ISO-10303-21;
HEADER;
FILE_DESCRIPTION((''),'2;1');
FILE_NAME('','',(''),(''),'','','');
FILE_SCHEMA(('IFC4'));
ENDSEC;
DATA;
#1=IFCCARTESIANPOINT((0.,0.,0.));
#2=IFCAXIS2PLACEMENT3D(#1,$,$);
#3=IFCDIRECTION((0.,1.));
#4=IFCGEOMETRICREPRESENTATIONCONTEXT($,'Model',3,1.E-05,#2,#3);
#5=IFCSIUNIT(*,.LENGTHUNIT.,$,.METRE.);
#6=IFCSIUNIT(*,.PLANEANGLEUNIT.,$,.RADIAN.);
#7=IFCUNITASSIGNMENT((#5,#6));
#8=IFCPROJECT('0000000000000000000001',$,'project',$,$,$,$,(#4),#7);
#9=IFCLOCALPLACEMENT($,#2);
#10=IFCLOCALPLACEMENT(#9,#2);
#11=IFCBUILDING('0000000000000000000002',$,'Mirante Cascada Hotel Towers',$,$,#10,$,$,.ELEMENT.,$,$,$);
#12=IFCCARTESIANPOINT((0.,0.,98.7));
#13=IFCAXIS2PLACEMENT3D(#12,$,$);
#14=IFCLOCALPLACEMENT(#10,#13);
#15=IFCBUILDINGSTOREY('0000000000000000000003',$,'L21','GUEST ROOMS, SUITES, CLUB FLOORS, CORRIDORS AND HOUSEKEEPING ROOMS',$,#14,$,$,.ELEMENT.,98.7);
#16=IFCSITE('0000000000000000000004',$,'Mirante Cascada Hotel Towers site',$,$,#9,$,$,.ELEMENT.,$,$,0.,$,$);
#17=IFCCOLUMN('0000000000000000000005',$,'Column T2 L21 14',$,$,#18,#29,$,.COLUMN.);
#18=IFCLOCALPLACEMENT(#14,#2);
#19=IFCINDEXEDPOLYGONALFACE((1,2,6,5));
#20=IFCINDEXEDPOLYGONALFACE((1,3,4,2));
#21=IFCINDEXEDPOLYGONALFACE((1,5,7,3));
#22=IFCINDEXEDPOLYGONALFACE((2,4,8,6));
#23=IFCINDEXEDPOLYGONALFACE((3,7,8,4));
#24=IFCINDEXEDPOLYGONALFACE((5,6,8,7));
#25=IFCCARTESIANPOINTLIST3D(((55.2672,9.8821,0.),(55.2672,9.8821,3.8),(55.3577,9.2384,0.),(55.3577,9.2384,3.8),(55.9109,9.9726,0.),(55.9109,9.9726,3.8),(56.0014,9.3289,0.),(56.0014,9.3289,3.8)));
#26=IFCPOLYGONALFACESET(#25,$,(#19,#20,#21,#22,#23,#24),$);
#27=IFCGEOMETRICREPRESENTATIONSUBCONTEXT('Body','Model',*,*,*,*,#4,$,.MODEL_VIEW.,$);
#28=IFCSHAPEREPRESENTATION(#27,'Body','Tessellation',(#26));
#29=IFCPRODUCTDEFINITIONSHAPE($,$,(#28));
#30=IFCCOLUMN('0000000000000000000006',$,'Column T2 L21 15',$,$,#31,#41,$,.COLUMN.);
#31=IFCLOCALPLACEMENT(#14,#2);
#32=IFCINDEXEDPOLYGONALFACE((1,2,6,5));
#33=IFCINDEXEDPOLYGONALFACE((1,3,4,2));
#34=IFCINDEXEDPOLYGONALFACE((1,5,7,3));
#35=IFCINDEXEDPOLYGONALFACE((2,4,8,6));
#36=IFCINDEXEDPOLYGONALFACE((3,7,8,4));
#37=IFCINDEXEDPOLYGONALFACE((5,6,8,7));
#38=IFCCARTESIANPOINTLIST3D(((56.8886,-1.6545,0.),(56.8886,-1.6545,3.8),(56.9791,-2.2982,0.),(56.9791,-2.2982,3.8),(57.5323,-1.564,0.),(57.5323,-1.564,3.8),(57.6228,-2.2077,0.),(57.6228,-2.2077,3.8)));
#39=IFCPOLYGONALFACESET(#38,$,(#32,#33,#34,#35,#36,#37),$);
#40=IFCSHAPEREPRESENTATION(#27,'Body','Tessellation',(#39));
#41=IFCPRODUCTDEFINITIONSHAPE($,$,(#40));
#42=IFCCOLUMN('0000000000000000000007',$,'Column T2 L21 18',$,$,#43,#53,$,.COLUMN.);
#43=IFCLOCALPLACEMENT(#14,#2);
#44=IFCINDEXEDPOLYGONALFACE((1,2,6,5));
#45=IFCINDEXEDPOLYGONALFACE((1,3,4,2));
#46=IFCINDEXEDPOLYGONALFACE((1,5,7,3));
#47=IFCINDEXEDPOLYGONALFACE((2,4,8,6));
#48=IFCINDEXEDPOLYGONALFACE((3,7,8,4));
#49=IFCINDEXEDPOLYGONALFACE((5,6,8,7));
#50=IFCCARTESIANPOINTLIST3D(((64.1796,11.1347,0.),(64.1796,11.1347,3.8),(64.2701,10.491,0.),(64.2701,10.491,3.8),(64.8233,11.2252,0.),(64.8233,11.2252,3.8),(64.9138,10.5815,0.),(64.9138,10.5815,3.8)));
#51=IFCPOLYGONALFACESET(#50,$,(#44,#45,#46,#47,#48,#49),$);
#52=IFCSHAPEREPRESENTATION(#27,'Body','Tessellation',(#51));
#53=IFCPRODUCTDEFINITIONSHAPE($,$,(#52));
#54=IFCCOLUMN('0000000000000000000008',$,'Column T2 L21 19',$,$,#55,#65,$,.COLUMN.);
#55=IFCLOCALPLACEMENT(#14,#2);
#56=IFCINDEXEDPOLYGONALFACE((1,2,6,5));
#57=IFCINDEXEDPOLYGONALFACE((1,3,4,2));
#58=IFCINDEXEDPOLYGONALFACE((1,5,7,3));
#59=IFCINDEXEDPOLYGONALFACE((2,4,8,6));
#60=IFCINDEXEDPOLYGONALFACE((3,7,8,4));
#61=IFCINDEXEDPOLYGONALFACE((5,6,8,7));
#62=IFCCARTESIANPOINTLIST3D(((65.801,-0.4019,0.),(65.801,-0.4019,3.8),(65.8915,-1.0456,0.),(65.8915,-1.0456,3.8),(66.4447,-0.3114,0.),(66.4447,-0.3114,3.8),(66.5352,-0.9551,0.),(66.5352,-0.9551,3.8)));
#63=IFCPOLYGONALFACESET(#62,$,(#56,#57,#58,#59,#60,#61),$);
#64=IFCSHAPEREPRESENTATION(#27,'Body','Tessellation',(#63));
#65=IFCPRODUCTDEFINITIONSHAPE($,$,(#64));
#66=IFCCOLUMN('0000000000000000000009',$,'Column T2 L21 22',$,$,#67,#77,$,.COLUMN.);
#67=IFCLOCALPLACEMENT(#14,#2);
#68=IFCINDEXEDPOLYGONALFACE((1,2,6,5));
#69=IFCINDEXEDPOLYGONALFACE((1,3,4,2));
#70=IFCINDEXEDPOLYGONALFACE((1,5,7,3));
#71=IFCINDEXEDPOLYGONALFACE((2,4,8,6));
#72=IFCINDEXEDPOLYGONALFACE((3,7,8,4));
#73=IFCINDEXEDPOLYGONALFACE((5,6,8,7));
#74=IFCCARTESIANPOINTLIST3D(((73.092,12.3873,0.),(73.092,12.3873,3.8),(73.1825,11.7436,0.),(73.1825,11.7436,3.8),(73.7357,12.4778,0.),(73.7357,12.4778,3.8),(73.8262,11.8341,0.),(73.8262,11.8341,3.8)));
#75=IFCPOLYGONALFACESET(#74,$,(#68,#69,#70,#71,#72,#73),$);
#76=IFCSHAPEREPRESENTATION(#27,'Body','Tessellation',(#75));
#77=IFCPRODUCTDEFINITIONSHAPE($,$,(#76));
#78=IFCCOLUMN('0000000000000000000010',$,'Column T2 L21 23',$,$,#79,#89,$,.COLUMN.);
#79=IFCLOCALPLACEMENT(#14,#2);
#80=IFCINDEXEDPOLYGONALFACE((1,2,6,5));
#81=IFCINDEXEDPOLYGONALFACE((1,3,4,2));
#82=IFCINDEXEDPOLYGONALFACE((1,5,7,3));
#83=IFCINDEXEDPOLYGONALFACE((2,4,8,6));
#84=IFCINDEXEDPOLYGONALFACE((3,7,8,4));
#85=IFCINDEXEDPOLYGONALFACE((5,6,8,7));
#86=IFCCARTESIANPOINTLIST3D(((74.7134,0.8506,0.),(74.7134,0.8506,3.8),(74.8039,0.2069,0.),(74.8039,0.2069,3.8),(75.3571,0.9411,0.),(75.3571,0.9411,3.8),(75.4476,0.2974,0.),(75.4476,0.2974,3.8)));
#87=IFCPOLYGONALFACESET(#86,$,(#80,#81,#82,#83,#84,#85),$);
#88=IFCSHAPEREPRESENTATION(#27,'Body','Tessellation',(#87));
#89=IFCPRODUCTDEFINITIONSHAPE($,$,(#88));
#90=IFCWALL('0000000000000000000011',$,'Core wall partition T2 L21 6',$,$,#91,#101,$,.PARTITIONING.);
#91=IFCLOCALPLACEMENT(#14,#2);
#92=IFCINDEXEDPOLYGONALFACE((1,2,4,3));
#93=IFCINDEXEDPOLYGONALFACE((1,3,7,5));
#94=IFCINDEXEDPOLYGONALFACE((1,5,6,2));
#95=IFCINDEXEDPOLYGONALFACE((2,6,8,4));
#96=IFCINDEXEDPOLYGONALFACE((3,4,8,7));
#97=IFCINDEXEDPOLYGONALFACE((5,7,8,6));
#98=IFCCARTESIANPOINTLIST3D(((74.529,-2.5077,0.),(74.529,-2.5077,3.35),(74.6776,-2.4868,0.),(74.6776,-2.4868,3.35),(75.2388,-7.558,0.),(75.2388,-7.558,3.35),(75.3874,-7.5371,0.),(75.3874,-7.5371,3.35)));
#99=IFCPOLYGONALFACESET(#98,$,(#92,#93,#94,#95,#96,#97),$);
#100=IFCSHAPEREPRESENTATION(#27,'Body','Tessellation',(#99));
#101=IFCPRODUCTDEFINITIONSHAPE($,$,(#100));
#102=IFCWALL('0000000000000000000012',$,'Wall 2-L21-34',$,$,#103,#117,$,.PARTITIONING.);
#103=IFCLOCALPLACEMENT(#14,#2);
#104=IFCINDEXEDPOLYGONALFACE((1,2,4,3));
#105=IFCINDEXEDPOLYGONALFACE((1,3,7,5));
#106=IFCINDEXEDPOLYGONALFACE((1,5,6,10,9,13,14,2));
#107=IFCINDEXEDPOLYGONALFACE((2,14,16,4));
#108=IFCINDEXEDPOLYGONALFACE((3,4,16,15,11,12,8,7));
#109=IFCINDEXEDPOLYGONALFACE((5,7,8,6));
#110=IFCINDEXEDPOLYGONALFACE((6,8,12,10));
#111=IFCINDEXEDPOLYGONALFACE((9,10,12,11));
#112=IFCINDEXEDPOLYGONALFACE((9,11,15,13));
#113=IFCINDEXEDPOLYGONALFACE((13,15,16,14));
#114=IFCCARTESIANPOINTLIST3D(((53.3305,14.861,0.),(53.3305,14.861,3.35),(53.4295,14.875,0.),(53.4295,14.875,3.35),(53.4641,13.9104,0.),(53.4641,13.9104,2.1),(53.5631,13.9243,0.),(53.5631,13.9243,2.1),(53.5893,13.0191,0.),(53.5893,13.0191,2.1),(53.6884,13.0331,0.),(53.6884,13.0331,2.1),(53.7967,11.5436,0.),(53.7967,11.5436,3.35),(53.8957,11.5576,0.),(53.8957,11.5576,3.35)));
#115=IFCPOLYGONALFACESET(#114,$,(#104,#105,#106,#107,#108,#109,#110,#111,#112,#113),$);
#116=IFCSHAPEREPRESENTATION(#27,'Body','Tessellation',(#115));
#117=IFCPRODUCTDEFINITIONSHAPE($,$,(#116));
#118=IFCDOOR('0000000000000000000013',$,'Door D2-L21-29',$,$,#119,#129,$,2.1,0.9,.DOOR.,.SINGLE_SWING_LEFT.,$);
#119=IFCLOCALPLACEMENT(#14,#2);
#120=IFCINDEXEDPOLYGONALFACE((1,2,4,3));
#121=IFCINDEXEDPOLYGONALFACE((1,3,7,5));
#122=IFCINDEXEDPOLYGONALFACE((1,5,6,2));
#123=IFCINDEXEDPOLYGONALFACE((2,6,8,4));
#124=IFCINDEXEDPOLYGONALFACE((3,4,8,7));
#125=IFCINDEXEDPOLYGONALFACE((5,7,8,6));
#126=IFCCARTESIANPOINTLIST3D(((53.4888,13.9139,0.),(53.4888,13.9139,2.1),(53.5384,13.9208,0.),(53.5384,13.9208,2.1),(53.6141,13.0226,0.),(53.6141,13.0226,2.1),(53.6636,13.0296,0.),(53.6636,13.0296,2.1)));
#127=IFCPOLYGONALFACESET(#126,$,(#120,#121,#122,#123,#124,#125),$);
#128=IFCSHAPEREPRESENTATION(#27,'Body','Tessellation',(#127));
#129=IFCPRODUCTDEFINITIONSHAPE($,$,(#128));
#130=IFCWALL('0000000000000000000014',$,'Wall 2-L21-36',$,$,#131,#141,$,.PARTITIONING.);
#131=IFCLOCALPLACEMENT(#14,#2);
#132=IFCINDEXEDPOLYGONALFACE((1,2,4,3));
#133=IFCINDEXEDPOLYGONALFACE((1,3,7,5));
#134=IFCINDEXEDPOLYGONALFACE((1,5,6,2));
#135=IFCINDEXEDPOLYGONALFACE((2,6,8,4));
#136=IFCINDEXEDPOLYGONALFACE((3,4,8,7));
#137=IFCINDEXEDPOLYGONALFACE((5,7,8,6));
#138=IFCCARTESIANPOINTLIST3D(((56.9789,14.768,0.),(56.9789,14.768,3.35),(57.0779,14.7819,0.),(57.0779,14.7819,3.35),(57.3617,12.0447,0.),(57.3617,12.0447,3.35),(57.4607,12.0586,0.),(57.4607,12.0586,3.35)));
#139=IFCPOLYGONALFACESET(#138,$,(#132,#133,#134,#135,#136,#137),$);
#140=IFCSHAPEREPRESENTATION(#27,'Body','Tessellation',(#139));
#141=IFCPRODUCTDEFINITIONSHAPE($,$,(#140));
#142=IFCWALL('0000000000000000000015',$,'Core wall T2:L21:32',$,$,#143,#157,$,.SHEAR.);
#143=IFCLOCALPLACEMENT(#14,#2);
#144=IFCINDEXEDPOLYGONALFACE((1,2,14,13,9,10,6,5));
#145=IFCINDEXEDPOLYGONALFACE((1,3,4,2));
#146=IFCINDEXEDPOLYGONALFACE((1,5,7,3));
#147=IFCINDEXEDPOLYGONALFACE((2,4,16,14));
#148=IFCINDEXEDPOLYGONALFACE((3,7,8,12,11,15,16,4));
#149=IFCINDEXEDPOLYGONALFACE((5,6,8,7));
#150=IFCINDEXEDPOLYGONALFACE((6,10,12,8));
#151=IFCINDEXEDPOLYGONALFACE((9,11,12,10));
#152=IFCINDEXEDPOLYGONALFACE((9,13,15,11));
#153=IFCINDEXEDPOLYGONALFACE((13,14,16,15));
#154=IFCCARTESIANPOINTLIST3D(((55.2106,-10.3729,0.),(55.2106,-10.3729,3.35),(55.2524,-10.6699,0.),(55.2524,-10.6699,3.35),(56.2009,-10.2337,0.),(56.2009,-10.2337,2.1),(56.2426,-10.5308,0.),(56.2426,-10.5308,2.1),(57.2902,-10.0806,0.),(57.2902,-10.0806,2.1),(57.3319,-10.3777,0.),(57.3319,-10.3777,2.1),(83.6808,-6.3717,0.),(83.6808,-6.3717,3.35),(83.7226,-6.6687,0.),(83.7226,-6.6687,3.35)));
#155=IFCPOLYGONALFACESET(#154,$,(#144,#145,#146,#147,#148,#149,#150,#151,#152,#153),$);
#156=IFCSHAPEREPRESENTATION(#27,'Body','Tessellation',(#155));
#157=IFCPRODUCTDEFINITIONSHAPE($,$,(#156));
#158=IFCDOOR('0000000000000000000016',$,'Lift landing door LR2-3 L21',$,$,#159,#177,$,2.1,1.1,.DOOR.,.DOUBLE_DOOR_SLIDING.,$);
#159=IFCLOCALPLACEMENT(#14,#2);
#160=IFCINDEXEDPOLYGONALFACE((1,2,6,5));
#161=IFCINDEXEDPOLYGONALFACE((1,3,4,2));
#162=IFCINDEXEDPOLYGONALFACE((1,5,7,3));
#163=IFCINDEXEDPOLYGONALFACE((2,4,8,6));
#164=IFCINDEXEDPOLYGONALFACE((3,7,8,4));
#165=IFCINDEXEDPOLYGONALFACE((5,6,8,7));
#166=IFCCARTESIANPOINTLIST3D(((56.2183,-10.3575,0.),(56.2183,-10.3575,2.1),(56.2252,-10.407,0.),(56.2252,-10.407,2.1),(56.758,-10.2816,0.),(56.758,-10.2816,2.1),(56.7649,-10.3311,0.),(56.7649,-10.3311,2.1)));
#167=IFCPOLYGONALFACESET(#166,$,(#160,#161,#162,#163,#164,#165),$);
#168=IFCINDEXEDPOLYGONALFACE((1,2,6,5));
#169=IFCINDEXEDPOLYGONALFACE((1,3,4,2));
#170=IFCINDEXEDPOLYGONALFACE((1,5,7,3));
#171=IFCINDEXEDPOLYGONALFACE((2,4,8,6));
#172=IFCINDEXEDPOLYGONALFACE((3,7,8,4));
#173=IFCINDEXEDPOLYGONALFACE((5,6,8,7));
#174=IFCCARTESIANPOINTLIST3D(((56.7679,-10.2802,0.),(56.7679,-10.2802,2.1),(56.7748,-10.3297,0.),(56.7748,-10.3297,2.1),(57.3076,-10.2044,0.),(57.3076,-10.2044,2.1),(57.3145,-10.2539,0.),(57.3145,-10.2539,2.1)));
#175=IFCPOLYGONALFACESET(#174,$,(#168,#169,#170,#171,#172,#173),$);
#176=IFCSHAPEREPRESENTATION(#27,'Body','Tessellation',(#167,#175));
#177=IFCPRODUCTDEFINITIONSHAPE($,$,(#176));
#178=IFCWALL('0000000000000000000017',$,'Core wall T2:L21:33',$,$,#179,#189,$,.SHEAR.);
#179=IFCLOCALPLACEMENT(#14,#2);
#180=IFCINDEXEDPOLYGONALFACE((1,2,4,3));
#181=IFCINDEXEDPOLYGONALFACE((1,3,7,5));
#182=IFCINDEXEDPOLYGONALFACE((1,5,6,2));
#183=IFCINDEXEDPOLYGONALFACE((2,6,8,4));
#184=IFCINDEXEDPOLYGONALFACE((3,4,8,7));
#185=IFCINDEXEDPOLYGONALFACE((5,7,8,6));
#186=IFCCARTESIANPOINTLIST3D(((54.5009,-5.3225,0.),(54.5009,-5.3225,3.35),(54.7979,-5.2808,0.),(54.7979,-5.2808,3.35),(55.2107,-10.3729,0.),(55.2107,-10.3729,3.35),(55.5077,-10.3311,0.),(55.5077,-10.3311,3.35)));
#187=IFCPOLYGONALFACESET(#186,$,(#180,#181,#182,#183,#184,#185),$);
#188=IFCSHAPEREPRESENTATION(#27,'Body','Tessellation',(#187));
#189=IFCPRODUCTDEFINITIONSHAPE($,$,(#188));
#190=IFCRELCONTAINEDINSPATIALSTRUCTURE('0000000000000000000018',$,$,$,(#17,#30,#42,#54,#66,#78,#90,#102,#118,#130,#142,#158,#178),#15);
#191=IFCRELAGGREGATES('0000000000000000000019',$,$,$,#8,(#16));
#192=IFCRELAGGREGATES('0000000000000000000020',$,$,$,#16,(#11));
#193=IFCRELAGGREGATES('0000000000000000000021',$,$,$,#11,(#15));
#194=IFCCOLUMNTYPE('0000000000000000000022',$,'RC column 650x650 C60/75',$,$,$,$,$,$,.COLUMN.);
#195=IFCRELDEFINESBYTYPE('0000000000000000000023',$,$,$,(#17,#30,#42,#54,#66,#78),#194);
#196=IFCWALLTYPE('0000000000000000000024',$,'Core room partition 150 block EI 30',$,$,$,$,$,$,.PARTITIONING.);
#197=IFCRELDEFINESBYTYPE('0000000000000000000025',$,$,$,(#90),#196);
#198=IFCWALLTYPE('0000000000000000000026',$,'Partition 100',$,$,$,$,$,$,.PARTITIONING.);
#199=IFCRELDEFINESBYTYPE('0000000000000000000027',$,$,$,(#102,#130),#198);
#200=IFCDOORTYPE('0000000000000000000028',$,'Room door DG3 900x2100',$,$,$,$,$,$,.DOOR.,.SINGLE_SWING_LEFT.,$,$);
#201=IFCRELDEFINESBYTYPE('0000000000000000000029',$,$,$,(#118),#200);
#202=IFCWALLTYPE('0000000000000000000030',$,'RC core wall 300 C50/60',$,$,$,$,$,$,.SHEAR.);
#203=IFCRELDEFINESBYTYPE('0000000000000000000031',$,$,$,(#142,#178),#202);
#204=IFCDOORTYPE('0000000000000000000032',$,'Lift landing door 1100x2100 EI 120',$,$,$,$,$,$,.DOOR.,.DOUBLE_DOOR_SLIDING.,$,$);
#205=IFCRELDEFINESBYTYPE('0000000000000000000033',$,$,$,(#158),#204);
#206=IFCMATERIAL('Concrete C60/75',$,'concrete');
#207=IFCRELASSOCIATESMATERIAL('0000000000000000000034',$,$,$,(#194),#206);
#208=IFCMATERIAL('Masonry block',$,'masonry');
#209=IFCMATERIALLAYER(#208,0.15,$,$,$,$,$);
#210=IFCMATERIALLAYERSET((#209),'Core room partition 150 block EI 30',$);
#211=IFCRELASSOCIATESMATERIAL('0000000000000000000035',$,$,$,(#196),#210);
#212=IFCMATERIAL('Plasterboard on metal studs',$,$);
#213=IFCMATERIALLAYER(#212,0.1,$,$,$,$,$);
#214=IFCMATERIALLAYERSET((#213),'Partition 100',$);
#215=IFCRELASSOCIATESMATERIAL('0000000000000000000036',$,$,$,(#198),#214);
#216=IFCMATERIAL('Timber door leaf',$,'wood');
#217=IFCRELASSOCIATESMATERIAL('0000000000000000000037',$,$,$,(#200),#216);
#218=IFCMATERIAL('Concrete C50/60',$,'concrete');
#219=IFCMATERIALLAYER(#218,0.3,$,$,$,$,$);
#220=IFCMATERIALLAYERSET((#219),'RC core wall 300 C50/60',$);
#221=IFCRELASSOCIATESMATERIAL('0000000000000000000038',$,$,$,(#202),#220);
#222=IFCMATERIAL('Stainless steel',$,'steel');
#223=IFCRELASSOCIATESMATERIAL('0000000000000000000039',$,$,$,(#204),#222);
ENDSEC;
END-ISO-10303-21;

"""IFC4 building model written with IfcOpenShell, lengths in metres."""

from ifc_helpers import new_model, si_unit, direction, frame, frame_2d, origin, origin_2d, place, context, subcontext, project, spatial, rectangle, extrude, material, layer, layer_set, material_profile, profile_set, type_object, element, fill, save


model = new_model("IFC4")

# Units and contexts
model_context = context("Model", 3, precision=1e-05, world=origin(), true_north=direction((0.0, 1.0)))
body_context = subcontext(model_context, "Body", "Model", "MODEL_VIEW")
ifc_project = project(units=[si_unit("LENGTHUNIT", "METRE"), si_unit("PLANEANGLEUNIT", "RADIAN")], contexts=[model_context])

# Site, building, storey
site_placement = place(None, origin())
site = spatial("IfcSite", under=ifc_project, at=site_placement, Name="Mirante Cascada Hotel Towers site", CompositionType="ELEMENT", RefElevation=0.0)
building_placement = place(site_placement, origin())
building = spatial("IfcBuilding", under=site, at=building_placement, Name="Mirante Cascada Hotel Towers", CompositionType="ELEMENT")
storey_placement = place(building_placement, frame((0.0, 0.0, 98.7)))
storey = spatial("IfcBuildingStorey", under=building, at=storey_placement, Name="L21", Description="GUEST ROOMS, SUITES, CLUB FLOORS, CORRIDORS AND HOUSEKEEPING ROOMS", CompositionType="ELEMENT", Elevation=98.7)

# Columns
ifc_material_1 = material(Name="Concrete C60/75", Category="concrete")
ifc_material_profile = material_profile(ifc_material_1, rectangle(XDim=0.65, YDim=0.65, at=origin_2d()), Name="RC column 650x650 C60/75")
ifc_profile_set = profile_set([ifc_material_profile], Name="Concrete C60/75")
column_type = type_object("IfcColumnType", Name="RC column 650x650 C60/75", PredefinedType="COLUMN", material=ifc_profile_set)
for number, where, z_axis, x_axis, name in (
    (1, (55.6343, 9.6055, 0.0), (0.0, 0.0, 1.0), (0.990268, 0.139173, 0.0), "Column T2 L21 14"),
    (2, (57.2557, -1.9311, 0.0), (0.0, 0.0, 1.0), (0.990268, 0.139173, 0.0), "Column T2 L21 15"),
    (3, (64.5467, 10.8581, 0.0), (0.0, 0.0, 1.0), (0.990268, 0.139173, 0.0), "Column T2 L21 18"),
    (4, (66.1681, -0.6785, 0.0), (0.0, 0.0, 1.0), (0.990268, 0.139173, 0.0), "Column T2 L21 19"),
    (5, (73.4591, 12.1107, 0.0), (0.0, 0.0, 1.0), (0.990268, 0.139173, 0.0), "Column T2 L21 22"),
    (6, (75.0805, 0.574, 0.0), (0.0, 0.0, 1.0), (0.990268, 0.139173, 0.0), "Column T2 L21 23"),
):
    element("IfcColumn", number, at=place(storey_placement, frame(where, z_axis=z_axis, x_axis=x_axis)), inside=storey, type_object=column_type, Name=name, PredefinedType="COLUMN", context=body_context, shape_type="SweptSolid", body=[
        extrude(rectangle(XDim=0.65, YDim=0.65, at=origin_2d()), origin(), (0.0, 0.0, 1.0), 3.8),
    ])

# Wall
ifc_material_2 = material(Name="Masonry block", Category="masonry")
ifc_layer_1 = layer(ifc_material_2, 0.15)
ifc_layer_set_1 = layer_set([ifc_layer_1], Name="Core room partition 150 block EI 30")
wall_type_1 = type_object("IfcWallType", Name="Core room partition 150 block EI 30", PredefinedType="PARTITIONING", material=ifc_layer_set_1)
wall_1_placement = place(storey_placement, frame((75.3131, -7.5476, 0.0), z_axis=(0.0, 0.0, 1.0), x_axis=(-0.139178, 0.990267, 0.0)))
element("IfcWall", 7, at=wall_1_placement, inside=storey, type_object=wall_type_1, Name="Core wall partition T2 L21 6", PredefinedType="PARTITIONING", context=body_context, shape_type="SweptSolid", body=[
    extrude(rectangle(XDim=5.0999, YDim=0.15, at=frame_2d((2.55, 0.0))), origin(), (0.0, 0.0, 1.0), 3.35),
])

# Wall, opening, door
ifc_material_3 = material(Name="Plasterboard on metal studs")
ifc_layer_2 = layer(ifc_material_3, 0.1)
ifc_layer_set_2 = layer_set([ifc_layer_2], Name="Partition 100")
wall_type_2 = type_object("IfcWallType", Name="Partition 100", PredefinedType="PARTITIONING", material=ifc_layer_set_2)
wall_2_placement = place(storey_placement, frame((53.8462, 11.5506, 0.0), z_axis=(0.0, 0.0, 1.0), x_axis=(-0.139164, 0.990269, 0.0)))
wall_2 = element("IfcWall", 8, at=wall_2_placement, inside=storey, type_object=wall_type_2, Name="Wall 2-L21-34", PredefinedType="PARTITIONING", context=body_context, shape_type="SweptSolid", body=[
    extrude(rectangle(XDim=3.35, YDim=0.1, at=frame_2d((1.675, 0.0))), origin(), (0.0, 0.0, 1.0), 3.35),
])
opening_1_placement = place(wall_2_placement, frame((1.49, 0.0, 0.0)))
opening_1 = element("IfcOpeningElement", 9, at=opening_1_placement, cuts=wall_2, PredefinedType="OPENING", context=body_context, shape_type="SweptSolid", body=[
    extrude(rectangle(XDim=0.9, YDim=2.1, at=frame_2d((0.45, 1.05))), frame((0.0, 0.05, 0.0), z_axis=(0.0, -1.0, 0.0), x_axis=(1.0, 0.0, 0.0)), (0.0, 0.0, 1.0), 0.1),
])
ifc_material_4 = material(Name="Timber door leaf", Category="wood")
door_type_1 = type_object("IfcDoorType", Name="Room door DG3 900x2100", OperationType="SINGLE_SWING_LEFT", PredefinedType="DOOR", material=ifc_material_4)
door_1_placement = place(opening_1_placement, origin())
door_1 = element("IfcDoor", 10, at=door_1_placement, inside=storey, type_object=door_type_1, Name="Door D2-L21-29", OperationType="SINGLE_SWING_LEFT", OverallHeight=2.1, OverallWidth=0.9, PredefinedType="DOOR", context=body_context, shape_type="SweptSolid", body=[
    extrude(rectangle(XDim=0.9, YDim=2.1, at=frame_2d((0.45, 1.05))), frame((0.0, 0.025, 0.0), z_axis=(0.0, -1.0, 0.0), x_axis=(1.0, 0.0, 0.0)), (0.0, 0.0, 1.0), 0.05),
])
fill(opening_1, door_1)

# Wall
wall_3_placement = place(storey_placement, frame((57.4112, 12.0516, 0.0), z_axis=(0.0, 0.0, 1.0), x_axis=(-0.139196, 0.990265, 0.0)))
element("IfcWall", 11, at=wall_3_placement, inside=storey, type_object=wall_type_2, Name="Wall 2-L21-36", PredefinedType="PARTITIONING", context=body_context, shape_type="SweptSolid", body=[
    extrude(rectangle(XDim=2.7501, YDim=0.1, at=frame_2d((1.3751, 0.0))), origin(), (0.0, 0.0, 1.0), 3.35),
])

# Wall, opening, door
ifc_material_5 = material(Name="Concrete C50/60", Category="concrete")
ifc_layer_3 = layer(ifc_material_5, 0.3)
ifc_layer_set_3 = layer_set([ifc_layer_3], Name="RC core wall 300 C50/60")
wall_type_3 = type_object("IfcWallType", Name="RC core wall 300 C50/60", PredefinedType="SHEAR", material=ifc_layer_set_3)
wall_4_placement = place(storey_placement, frame((55.2315, -10.5214, 0.0), z_axis=(0.0, 0.0, 1.0), x_axis=(0.990268, 0.139172, 0.0)))
wall_4 = element("IfcWall", 12, at=wall_4_placement, inside=storey, type_object=wall_type_3, Name="Core wall T2:L21:32", PredefinedType="SHEAR", context=body_context, shape_type="SweptSolid", body=[
    extrude(rectangle(XDim=28.75, YDim=0.3, at=frame_2d((14.375, 0.0))), origin(), (0.0, 0.0, 1.0), 3.35),
])
opening_2_placement = place(wall_4_placement, frame((1.0, 0.0, 0.0)))
opening_2 = element("IfcOpeningElement", 13, at=opening_2_placement, cuts=wall_4, PredefinedType="OPENING", context=body_context, shape_type="SweptSolid", body=[
    extrude(rectangle(XDim=1.1, YDim=2.1, at=frame_2d((0.55, 1.05))), frame((0.0, 0.15, 0.0), z_axis=(0.0, -1.0, 0.0), x_axis=(1.0, 0.0, 0.0)), (0.0, 0.0, 1.0), 0.3),
])
ifc_material_6 = material(Name="Stainless steel", Category="steel")
door_type_2 = type_object("IfcDoorType", Name="Lift landing door 1100x2100 EI 120", OperationType="DOUBLE_DOOR_SLIDING", PredefinedType="DOOR", material=ifc_material_6)
door_2_placement = place(opening_2_placement, origin())
door_2 = element("IfcDoor", 14, at=door_2_placement, inside=storey, type_object=door_type_2, Name="Lift landing door LR2-3 L21", OperationType="DOUBLE_DOOR_SLIDING", OverallHeight=2.1, OverallWidth=1.1, PredefinedType="DOOR", context=body_context, shape_type="SweptSolid", body=[
    extrude(rectangle(XDim=0.545, YDim=2.1, at=frame_2d((0.2725, 1.05))), frame((0.0, 0.025, 0.0), z_axis=(0.0, -1.0, 0.0), x_axis=(1.0, 0.0, 0.0)), (0.0, 0.0, 1.0), 0.05),
    extrude(rectangle(XDim=0.545, YDim=2.1, at=frame_2d((0.8275, 1.05))), frame((0.0, 0.025, 0.0), z_axis=(0.0, -1.0, 0.0), x_axis=(1.0, 0.0, 0.0)), (0.0, 0.0, 1.0), 0.05),
])
fill(opening_2, door_2)

# Wall
for number, where, z_axis, x_axis, name in (
    (15, (55.3592, -10.352, 0.0), (0.0, 0.0, 1.0), (-0.139176, 0.990268, 0.0), "Core wall T2:L21:33"),
):
    element("IfcWall", number, at=place(storey_placement, frame(where, z_axis=z_axis, x_axis=x_axis)), inside=storey, type_object=wall_type_3, Name=name, PredefinedType="SHEAR", context=body_context, shape_type="SweptSolid", body=[
        extrude(rectangle(XDim=5.1, YDim=0.3, at=frame_2d((2.55, 0.0))), origin(), (0.0, 0.0, 1.0), 3.35),
    ])

save(model, "model.ifc")
